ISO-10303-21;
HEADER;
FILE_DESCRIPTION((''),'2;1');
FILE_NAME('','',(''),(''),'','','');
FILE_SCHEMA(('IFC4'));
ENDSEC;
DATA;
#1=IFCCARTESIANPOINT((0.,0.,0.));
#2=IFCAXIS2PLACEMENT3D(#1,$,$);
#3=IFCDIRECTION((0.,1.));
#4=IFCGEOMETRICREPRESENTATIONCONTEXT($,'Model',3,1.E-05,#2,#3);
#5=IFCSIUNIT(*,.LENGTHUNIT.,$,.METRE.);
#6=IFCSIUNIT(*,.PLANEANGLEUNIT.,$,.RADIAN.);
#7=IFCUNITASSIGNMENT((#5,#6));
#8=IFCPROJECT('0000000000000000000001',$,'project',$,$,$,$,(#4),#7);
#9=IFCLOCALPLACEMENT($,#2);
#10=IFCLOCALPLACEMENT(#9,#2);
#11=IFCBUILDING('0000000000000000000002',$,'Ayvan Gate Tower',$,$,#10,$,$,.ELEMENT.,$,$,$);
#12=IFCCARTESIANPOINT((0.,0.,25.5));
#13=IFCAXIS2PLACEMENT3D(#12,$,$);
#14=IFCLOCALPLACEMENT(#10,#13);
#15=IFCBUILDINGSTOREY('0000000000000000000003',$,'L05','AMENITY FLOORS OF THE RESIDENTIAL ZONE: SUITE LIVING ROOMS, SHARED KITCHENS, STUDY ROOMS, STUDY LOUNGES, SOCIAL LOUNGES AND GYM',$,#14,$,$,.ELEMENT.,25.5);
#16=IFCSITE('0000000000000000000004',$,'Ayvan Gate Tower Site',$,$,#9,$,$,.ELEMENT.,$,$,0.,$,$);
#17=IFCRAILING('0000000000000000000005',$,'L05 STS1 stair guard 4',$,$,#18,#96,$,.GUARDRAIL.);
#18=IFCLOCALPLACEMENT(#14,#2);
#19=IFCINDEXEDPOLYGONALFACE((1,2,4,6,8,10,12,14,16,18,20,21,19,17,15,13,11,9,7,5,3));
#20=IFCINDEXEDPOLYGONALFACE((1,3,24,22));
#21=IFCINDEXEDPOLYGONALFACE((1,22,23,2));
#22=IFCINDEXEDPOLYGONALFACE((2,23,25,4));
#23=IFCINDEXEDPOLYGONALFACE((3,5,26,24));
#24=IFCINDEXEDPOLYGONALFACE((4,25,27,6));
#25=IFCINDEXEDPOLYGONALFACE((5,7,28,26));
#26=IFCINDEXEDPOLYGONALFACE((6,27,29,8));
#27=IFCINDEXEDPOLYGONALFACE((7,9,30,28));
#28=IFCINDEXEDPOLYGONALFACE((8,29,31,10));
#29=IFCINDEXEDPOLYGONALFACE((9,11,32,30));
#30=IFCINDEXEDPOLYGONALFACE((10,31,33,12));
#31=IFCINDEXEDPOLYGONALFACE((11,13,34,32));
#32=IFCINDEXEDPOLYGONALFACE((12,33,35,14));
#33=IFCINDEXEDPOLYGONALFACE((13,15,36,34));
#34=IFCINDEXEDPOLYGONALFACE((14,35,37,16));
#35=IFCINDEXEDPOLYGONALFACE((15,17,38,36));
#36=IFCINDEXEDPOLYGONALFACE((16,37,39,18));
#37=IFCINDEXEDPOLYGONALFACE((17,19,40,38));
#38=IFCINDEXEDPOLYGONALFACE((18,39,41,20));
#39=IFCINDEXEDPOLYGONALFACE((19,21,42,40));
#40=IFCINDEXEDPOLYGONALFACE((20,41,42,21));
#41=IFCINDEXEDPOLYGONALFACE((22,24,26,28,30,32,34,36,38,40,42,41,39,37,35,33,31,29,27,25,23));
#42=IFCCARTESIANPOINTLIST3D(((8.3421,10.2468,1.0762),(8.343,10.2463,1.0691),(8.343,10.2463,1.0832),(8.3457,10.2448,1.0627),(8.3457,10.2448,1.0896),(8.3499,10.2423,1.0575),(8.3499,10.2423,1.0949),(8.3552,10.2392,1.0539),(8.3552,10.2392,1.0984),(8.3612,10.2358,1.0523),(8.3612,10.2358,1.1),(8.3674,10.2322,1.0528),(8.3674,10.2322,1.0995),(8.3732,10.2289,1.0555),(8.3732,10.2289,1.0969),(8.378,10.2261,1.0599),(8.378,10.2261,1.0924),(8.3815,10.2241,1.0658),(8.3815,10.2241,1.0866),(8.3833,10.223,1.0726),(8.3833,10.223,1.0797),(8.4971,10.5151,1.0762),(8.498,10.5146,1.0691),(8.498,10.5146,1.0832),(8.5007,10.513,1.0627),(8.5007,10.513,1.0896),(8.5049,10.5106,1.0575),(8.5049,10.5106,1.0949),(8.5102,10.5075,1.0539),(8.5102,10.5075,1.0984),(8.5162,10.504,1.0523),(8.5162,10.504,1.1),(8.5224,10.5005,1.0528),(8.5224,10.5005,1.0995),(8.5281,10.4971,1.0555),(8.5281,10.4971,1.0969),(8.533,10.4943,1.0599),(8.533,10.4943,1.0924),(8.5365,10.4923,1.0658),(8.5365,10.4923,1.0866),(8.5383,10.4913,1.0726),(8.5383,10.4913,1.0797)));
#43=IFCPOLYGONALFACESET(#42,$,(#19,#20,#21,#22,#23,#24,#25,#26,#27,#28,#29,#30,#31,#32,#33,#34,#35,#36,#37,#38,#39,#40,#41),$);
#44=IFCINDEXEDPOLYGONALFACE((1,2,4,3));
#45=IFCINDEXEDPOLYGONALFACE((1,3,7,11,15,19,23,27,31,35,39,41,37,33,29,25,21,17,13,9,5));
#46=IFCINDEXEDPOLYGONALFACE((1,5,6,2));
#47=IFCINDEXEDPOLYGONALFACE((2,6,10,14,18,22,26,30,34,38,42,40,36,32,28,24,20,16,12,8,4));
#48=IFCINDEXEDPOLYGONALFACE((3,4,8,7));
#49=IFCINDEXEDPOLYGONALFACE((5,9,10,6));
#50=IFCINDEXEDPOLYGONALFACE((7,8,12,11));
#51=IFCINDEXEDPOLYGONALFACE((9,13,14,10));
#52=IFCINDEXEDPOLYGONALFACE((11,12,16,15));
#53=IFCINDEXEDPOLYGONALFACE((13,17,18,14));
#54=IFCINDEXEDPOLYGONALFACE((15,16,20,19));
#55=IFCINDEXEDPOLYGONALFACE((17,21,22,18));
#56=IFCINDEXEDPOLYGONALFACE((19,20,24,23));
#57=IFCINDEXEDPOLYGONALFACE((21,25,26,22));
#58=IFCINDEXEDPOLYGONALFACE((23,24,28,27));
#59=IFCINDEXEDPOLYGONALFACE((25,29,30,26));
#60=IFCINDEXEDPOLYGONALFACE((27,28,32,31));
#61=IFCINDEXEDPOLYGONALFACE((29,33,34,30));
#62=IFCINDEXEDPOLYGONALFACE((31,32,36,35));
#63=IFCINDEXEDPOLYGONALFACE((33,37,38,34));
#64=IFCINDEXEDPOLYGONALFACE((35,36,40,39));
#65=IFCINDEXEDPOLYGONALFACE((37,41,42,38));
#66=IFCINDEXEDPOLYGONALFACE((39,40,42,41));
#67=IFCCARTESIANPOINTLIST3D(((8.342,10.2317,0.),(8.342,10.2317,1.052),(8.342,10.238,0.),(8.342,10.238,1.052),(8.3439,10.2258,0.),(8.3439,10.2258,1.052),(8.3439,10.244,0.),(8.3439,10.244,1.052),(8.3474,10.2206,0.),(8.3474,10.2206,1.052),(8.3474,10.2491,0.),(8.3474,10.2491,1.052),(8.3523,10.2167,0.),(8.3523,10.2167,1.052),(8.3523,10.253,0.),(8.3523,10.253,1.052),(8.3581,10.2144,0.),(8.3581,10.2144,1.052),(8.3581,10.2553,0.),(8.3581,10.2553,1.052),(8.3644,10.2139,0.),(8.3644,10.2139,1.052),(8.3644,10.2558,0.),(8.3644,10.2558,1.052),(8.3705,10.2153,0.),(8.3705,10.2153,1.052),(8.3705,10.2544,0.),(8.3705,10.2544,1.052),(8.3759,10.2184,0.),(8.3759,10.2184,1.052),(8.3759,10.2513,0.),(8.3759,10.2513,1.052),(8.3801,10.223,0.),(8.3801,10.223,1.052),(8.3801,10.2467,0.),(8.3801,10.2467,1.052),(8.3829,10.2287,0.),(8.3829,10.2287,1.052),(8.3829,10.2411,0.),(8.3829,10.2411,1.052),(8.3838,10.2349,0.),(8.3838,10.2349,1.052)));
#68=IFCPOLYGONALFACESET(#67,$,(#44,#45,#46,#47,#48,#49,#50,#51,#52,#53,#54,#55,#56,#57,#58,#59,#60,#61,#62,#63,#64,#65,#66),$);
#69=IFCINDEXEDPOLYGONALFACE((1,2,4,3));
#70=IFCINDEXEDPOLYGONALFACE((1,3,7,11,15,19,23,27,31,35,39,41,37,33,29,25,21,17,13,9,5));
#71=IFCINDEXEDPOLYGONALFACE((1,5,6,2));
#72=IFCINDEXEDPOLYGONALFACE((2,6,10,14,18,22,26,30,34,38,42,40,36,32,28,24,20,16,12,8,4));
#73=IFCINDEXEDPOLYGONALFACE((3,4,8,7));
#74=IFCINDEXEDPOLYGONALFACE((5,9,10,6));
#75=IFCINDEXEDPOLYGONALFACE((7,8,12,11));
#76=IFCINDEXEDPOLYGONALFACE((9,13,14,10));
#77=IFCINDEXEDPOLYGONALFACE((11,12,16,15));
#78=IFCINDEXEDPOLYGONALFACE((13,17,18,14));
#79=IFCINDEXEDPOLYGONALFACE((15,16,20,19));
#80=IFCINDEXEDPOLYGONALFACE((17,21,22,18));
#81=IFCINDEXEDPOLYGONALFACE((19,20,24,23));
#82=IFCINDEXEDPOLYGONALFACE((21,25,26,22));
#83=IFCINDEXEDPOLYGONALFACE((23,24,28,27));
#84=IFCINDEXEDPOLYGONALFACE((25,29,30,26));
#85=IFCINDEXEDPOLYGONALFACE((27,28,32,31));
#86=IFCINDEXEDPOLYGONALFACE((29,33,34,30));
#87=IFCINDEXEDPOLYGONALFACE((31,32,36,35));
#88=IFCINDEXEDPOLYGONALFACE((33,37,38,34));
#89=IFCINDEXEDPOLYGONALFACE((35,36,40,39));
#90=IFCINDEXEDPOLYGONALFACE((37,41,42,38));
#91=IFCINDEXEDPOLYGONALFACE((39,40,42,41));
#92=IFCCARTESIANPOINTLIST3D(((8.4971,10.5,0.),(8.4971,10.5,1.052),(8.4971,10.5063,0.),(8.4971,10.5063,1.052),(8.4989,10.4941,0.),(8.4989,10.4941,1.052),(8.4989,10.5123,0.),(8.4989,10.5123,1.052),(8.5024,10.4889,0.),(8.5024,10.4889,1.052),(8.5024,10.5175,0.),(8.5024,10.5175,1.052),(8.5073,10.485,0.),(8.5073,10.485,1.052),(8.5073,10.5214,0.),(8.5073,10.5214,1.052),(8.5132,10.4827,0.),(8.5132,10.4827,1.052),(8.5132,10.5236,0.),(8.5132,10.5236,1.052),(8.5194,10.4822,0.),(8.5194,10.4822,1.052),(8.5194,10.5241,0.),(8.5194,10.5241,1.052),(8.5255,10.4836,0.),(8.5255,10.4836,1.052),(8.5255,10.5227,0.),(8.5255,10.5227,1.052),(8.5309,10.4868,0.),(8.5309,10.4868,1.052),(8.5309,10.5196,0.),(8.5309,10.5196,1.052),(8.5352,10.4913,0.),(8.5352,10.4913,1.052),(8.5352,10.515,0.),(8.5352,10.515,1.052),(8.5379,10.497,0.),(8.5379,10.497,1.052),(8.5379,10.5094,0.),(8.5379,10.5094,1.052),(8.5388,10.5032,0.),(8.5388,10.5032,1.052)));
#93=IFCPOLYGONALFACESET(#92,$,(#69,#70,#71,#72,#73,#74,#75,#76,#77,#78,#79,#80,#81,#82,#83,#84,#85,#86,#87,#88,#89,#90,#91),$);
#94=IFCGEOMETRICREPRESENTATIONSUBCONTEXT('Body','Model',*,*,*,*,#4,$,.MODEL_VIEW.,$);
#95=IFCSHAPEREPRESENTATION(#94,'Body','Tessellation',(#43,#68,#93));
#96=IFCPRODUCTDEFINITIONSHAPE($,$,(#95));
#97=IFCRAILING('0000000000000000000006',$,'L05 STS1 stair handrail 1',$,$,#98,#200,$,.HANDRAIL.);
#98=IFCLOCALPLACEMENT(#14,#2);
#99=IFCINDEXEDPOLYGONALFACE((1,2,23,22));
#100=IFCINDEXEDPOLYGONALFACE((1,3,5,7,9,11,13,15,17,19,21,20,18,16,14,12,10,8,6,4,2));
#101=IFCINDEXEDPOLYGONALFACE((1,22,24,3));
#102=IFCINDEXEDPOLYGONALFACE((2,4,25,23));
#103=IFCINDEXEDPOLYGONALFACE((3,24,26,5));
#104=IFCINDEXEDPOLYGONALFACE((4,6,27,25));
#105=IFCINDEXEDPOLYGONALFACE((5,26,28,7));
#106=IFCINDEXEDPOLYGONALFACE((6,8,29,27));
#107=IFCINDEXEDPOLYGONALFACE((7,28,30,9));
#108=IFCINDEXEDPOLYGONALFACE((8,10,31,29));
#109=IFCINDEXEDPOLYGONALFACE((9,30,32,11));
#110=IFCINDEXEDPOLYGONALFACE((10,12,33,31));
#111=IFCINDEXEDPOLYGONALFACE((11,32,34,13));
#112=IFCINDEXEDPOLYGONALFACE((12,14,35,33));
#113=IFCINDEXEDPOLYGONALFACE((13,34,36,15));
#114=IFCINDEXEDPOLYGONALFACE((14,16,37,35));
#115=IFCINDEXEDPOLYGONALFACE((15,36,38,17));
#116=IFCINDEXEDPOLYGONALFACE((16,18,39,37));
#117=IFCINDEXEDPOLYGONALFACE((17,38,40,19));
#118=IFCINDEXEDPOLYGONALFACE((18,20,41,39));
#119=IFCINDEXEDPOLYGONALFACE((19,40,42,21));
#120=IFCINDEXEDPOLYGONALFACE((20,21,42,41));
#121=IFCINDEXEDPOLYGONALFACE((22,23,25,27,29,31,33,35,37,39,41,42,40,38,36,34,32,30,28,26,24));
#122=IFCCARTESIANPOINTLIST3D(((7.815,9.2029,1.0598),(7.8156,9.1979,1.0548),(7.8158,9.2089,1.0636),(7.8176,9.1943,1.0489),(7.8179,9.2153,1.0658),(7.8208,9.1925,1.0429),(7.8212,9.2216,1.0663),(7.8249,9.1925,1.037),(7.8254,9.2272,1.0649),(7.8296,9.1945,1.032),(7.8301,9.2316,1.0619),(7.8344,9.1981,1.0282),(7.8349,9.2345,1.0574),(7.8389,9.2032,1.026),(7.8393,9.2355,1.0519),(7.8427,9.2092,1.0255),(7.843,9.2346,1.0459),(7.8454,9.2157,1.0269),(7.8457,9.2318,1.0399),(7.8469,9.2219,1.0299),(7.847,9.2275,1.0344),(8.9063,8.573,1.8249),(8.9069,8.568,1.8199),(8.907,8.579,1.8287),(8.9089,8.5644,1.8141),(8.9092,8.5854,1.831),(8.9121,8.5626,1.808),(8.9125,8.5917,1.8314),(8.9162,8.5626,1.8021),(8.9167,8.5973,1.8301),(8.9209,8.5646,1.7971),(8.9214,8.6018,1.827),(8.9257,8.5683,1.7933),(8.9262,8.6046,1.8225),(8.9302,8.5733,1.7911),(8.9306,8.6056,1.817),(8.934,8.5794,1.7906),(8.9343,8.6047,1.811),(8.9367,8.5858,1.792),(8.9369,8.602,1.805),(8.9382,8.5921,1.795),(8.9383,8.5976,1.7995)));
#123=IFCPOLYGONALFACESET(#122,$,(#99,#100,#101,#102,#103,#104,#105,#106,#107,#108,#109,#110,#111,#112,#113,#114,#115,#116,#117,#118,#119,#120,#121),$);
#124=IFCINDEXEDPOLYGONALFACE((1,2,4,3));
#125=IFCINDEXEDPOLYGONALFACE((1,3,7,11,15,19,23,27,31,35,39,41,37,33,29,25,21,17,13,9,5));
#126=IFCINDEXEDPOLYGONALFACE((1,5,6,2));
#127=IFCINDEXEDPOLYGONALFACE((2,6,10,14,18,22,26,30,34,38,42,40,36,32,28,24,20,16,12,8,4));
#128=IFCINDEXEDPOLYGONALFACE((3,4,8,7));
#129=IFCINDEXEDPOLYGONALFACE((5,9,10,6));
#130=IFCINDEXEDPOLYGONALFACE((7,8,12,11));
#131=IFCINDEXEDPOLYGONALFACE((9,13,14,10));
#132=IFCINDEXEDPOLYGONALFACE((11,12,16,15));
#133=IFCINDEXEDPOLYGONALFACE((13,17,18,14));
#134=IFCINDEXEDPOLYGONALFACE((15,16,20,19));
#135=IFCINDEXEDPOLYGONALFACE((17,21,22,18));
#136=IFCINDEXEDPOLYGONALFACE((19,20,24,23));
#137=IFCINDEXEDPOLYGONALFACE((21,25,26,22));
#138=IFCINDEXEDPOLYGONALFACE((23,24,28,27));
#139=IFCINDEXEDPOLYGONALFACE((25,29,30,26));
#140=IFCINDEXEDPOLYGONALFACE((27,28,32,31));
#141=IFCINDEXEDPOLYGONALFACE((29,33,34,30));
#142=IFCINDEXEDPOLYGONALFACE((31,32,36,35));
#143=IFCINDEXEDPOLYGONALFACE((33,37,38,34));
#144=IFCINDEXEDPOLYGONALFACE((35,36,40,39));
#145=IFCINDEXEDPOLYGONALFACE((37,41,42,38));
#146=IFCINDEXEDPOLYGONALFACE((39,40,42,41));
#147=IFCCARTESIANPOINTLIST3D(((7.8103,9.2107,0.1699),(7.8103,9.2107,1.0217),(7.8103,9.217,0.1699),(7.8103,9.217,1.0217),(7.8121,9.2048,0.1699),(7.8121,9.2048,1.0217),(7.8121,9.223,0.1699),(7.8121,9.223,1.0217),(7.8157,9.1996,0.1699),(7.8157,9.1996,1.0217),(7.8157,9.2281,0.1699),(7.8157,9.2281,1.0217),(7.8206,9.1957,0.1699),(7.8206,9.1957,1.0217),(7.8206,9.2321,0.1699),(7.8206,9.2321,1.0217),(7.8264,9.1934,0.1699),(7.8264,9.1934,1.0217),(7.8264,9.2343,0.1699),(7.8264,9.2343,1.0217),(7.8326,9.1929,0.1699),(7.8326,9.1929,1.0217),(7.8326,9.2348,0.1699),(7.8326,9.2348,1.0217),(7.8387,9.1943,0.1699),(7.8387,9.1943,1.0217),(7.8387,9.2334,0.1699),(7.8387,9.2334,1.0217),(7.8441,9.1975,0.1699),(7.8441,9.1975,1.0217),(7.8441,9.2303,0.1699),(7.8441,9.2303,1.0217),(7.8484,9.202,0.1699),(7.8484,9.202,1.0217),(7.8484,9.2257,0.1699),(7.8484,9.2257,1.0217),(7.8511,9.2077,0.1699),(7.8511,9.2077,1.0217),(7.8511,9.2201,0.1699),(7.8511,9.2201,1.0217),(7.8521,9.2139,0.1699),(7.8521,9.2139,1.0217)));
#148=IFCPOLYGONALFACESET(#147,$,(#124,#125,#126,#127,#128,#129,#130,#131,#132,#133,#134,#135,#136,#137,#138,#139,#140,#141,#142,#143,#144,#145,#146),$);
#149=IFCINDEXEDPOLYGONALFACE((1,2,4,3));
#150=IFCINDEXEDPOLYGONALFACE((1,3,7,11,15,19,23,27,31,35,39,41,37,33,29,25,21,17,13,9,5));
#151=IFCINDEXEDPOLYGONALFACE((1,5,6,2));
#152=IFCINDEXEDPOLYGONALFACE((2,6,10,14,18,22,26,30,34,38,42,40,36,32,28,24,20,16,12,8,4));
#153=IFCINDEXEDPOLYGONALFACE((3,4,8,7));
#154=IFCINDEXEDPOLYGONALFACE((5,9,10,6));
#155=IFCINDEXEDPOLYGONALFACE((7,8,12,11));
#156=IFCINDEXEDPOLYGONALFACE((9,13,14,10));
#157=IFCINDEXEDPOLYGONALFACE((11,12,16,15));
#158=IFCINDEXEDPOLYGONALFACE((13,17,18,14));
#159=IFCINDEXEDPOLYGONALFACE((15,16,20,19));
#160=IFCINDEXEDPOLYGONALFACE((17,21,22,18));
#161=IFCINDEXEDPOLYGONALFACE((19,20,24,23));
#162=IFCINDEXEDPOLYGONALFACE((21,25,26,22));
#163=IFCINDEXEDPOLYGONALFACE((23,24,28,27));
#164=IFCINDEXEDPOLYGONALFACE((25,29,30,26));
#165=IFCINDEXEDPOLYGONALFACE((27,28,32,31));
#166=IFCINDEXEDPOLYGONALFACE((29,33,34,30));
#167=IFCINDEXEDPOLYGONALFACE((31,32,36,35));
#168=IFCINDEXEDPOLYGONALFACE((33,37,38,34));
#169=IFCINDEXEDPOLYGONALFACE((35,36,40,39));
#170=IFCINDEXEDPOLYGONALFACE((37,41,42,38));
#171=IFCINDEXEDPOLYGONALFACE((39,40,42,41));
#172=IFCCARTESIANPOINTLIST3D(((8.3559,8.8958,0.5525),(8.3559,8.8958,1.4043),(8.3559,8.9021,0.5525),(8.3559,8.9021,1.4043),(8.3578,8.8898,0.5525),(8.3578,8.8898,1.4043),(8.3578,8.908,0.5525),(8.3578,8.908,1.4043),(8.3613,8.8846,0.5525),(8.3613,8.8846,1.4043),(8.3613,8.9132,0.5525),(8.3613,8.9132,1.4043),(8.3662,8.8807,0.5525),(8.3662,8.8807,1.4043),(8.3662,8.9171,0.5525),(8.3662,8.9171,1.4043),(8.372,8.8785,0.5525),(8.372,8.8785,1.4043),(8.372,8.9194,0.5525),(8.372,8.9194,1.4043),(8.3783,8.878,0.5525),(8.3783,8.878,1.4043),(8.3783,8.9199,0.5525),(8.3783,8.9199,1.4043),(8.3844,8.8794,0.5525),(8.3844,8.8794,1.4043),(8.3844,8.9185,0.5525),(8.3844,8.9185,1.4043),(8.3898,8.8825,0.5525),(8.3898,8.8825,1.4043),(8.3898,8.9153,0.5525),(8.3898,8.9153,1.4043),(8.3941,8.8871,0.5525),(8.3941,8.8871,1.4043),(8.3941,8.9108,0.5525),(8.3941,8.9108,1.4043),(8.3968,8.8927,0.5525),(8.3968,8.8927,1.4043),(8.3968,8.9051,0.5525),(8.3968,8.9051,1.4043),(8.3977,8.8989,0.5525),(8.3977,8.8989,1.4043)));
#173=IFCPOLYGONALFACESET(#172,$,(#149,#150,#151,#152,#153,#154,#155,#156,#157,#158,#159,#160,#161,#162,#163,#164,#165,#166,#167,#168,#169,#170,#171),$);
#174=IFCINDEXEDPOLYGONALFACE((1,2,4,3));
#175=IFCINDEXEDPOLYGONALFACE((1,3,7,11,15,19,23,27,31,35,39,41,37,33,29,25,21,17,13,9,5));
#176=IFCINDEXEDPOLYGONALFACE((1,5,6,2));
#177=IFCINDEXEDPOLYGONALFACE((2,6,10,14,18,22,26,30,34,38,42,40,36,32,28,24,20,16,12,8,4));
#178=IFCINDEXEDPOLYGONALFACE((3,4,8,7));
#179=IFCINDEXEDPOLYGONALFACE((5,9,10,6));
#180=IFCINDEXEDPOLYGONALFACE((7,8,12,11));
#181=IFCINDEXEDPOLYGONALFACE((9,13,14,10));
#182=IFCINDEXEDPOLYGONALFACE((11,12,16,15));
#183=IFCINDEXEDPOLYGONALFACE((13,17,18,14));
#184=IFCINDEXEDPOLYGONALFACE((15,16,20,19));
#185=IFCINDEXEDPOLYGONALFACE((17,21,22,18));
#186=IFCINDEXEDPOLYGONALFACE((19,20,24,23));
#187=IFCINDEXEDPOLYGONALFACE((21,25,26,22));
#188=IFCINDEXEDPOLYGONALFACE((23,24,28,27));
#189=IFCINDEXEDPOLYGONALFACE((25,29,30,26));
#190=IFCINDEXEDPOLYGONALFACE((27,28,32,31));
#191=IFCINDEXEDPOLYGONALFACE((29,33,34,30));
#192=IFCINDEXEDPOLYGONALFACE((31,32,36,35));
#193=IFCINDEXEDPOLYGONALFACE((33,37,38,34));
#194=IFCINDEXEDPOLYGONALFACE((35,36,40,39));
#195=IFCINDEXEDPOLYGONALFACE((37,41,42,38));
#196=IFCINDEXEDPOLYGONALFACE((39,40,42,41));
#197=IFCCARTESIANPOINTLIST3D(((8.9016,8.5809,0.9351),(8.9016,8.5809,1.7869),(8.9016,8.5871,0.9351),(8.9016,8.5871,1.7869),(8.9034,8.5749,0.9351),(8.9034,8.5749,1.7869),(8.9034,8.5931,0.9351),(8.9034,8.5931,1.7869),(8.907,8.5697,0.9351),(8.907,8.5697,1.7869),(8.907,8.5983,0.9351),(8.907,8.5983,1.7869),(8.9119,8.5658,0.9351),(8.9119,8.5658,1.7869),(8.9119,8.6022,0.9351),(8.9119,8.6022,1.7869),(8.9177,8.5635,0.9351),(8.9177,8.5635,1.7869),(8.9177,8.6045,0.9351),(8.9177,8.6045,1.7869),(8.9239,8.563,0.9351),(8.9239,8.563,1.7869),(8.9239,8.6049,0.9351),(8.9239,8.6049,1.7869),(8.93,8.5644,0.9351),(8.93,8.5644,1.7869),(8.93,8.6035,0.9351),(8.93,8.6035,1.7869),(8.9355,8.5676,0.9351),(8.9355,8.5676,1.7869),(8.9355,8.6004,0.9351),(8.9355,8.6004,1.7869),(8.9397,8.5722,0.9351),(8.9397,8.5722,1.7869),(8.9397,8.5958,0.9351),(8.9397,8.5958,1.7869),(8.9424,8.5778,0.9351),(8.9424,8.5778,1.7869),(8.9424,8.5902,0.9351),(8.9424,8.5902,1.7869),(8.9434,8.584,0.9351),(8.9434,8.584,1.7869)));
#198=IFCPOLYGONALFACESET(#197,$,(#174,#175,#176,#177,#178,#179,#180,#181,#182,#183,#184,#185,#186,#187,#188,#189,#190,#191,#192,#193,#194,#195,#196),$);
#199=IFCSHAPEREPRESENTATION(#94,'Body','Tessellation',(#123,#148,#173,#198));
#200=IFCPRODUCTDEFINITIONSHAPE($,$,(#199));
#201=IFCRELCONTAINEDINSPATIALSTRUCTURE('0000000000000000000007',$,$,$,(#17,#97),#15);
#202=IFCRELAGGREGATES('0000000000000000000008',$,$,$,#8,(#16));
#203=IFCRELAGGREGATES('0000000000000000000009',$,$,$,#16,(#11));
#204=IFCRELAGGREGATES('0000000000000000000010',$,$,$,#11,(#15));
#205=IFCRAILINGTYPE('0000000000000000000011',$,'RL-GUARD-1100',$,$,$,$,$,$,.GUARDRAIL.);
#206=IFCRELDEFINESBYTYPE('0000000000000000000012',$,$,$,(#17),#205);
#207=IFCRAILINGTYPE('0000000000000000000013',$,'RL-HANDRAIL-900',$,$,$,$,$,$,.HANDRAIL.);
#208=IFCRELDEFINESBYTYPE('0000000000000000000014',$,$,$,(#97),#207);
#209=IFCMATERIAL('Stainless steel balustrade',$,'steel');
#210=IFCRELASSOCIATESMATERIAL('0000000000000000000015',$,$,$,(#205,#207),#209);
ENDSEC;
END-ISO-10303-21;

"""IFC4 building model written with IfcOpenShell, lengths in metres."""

from ifc_helpers import new_model, si_unit, direction, frame, origin, origin_2d, place, context, subcontext, project, spatial, circle, extrude, material, type_object, element, save


model = new_model("IFC4")

# Units and contexts
model_context = context("Model", 3, precision=1e-05, world=origin(), true_north=direction((0.0, 1.0)))
body_context = subcontext(model_context, "Body", "Model", "MODEL_VIEW")
ifc_project = project(units=[si_unit("LENGTHUNIT", "METRE"), si_unit("PLANEANGLEUNIT", "RADIAN")], contexts=[model_context])

# Site, building, storey
site_placement = place(None, origin())
site = spatial("IfcSite", under=ifc_project, at=site_placement, Name="Ayvan Gate Tower Site", CompositionType="ELEMENT", RefElevation=0.0)
building_placement = place(site_placement, origin())
building = spatial("IfcBuilding", under=site, at=building_placement, Name="Ayvan Gate Tower", CompositionType="ELEMENT")
storey_placement = place(building_placement, frame((0.0, 0.0, 25.5)))
storey = spatial("IfcBuildingStorey", under=building, at=storey_placement, Name="L05", Description="AMENITY FLOORS OF THE RESIDENTIAL ZONE: SUITE LIVING ROOMS, SHARED KITCHENS, STUDY ROOMS, STUDY LOUNGES, SOCIAL LOUNGES AND GYM", CompositionType="ELEMENT", Elevation=25.5)

# Railings
ifc_material_1 = material(Name="Stainless steel balustrade", Category="steel")
railing_type_1 = type_object("IfcRailingType", Name="RL-GUARD-1100", PredefinedType="GUARDRAIL", material=ifc_material_1)
railing_1_placement = place(storey_placement, frame((8.3628, 10.2349, 0.0)))
element("IfcRailing", 1, at=railing_1_placement, inside=storey, type_object=railing_type_1, Name="L05 STS1 stair guard 4", PredefinedType="GUARDRAIL", context=body_context, shape_type="SweptSolid", body=[
    extrude(circle(Radius=0.0239, at=origin_2d()), frame((0.0, 0.0, 1.0762), z_axis=(0.500291, 0.865857, 0.0), x_axis=(-0.865857, 0.500291, 0.0)), (0.0, 0.0, 1.0), 0.3098),
    extrude(circle(Radius=0.021, at=origin_2d()), origin(), (0.0, 0.0, 1.0), 1.052),
    extrude(circle(Radius=0.021, at=origin_2d()), frame((0.155, 0.2683, 0.0)), (0.0, 0.0, 1.0), 1.052),
])
railing_type_2 = type_object("IfcRailingType", Name="RL-HANDRAIL-900", PredefinedType="HANDRAIL", material=ifc_material_1)
railing_2_placement = place(storey_placement, frame((7.8311, 9.2139, 0.1699)))
element("IfcRailing", 2, at=railing_2_placement, inside=storey, type_object=railing_type_2, Name="L05 STS1 stair handrail 1", PredefinedType="HANDRAIL", context=body_context, shape_type="SweptSolid", body=[
    extrude(circle(Radius=0.0239, at=origin_2d()), frame((0.0, 0.0, 0.876), z_axis=(0.740293, -0.427283, 0.519033), x_axis=(0.49989, 0.866089, 0.0)), (0.0, 0.0, 1.0), 1.4741),
    extrude(circle(Radius=0.021, at=origin_2d()), origin(), (0.0, 0.0, 1.0), 0.8518),
    extrude(circle(Radius=0.021, at=origin_2d()), frame((0.5457, -0.3149, 0.3826)), (0.0, 0.0, 1.0), 0.8518),
    extrude(circle(Radius=0.021, at=origin_2d()), frame((1.0913, -0.6299, 0.7651)), (0.0, 0.0, 1.0), 0.8518),
])

save(model, "model.ifc")
